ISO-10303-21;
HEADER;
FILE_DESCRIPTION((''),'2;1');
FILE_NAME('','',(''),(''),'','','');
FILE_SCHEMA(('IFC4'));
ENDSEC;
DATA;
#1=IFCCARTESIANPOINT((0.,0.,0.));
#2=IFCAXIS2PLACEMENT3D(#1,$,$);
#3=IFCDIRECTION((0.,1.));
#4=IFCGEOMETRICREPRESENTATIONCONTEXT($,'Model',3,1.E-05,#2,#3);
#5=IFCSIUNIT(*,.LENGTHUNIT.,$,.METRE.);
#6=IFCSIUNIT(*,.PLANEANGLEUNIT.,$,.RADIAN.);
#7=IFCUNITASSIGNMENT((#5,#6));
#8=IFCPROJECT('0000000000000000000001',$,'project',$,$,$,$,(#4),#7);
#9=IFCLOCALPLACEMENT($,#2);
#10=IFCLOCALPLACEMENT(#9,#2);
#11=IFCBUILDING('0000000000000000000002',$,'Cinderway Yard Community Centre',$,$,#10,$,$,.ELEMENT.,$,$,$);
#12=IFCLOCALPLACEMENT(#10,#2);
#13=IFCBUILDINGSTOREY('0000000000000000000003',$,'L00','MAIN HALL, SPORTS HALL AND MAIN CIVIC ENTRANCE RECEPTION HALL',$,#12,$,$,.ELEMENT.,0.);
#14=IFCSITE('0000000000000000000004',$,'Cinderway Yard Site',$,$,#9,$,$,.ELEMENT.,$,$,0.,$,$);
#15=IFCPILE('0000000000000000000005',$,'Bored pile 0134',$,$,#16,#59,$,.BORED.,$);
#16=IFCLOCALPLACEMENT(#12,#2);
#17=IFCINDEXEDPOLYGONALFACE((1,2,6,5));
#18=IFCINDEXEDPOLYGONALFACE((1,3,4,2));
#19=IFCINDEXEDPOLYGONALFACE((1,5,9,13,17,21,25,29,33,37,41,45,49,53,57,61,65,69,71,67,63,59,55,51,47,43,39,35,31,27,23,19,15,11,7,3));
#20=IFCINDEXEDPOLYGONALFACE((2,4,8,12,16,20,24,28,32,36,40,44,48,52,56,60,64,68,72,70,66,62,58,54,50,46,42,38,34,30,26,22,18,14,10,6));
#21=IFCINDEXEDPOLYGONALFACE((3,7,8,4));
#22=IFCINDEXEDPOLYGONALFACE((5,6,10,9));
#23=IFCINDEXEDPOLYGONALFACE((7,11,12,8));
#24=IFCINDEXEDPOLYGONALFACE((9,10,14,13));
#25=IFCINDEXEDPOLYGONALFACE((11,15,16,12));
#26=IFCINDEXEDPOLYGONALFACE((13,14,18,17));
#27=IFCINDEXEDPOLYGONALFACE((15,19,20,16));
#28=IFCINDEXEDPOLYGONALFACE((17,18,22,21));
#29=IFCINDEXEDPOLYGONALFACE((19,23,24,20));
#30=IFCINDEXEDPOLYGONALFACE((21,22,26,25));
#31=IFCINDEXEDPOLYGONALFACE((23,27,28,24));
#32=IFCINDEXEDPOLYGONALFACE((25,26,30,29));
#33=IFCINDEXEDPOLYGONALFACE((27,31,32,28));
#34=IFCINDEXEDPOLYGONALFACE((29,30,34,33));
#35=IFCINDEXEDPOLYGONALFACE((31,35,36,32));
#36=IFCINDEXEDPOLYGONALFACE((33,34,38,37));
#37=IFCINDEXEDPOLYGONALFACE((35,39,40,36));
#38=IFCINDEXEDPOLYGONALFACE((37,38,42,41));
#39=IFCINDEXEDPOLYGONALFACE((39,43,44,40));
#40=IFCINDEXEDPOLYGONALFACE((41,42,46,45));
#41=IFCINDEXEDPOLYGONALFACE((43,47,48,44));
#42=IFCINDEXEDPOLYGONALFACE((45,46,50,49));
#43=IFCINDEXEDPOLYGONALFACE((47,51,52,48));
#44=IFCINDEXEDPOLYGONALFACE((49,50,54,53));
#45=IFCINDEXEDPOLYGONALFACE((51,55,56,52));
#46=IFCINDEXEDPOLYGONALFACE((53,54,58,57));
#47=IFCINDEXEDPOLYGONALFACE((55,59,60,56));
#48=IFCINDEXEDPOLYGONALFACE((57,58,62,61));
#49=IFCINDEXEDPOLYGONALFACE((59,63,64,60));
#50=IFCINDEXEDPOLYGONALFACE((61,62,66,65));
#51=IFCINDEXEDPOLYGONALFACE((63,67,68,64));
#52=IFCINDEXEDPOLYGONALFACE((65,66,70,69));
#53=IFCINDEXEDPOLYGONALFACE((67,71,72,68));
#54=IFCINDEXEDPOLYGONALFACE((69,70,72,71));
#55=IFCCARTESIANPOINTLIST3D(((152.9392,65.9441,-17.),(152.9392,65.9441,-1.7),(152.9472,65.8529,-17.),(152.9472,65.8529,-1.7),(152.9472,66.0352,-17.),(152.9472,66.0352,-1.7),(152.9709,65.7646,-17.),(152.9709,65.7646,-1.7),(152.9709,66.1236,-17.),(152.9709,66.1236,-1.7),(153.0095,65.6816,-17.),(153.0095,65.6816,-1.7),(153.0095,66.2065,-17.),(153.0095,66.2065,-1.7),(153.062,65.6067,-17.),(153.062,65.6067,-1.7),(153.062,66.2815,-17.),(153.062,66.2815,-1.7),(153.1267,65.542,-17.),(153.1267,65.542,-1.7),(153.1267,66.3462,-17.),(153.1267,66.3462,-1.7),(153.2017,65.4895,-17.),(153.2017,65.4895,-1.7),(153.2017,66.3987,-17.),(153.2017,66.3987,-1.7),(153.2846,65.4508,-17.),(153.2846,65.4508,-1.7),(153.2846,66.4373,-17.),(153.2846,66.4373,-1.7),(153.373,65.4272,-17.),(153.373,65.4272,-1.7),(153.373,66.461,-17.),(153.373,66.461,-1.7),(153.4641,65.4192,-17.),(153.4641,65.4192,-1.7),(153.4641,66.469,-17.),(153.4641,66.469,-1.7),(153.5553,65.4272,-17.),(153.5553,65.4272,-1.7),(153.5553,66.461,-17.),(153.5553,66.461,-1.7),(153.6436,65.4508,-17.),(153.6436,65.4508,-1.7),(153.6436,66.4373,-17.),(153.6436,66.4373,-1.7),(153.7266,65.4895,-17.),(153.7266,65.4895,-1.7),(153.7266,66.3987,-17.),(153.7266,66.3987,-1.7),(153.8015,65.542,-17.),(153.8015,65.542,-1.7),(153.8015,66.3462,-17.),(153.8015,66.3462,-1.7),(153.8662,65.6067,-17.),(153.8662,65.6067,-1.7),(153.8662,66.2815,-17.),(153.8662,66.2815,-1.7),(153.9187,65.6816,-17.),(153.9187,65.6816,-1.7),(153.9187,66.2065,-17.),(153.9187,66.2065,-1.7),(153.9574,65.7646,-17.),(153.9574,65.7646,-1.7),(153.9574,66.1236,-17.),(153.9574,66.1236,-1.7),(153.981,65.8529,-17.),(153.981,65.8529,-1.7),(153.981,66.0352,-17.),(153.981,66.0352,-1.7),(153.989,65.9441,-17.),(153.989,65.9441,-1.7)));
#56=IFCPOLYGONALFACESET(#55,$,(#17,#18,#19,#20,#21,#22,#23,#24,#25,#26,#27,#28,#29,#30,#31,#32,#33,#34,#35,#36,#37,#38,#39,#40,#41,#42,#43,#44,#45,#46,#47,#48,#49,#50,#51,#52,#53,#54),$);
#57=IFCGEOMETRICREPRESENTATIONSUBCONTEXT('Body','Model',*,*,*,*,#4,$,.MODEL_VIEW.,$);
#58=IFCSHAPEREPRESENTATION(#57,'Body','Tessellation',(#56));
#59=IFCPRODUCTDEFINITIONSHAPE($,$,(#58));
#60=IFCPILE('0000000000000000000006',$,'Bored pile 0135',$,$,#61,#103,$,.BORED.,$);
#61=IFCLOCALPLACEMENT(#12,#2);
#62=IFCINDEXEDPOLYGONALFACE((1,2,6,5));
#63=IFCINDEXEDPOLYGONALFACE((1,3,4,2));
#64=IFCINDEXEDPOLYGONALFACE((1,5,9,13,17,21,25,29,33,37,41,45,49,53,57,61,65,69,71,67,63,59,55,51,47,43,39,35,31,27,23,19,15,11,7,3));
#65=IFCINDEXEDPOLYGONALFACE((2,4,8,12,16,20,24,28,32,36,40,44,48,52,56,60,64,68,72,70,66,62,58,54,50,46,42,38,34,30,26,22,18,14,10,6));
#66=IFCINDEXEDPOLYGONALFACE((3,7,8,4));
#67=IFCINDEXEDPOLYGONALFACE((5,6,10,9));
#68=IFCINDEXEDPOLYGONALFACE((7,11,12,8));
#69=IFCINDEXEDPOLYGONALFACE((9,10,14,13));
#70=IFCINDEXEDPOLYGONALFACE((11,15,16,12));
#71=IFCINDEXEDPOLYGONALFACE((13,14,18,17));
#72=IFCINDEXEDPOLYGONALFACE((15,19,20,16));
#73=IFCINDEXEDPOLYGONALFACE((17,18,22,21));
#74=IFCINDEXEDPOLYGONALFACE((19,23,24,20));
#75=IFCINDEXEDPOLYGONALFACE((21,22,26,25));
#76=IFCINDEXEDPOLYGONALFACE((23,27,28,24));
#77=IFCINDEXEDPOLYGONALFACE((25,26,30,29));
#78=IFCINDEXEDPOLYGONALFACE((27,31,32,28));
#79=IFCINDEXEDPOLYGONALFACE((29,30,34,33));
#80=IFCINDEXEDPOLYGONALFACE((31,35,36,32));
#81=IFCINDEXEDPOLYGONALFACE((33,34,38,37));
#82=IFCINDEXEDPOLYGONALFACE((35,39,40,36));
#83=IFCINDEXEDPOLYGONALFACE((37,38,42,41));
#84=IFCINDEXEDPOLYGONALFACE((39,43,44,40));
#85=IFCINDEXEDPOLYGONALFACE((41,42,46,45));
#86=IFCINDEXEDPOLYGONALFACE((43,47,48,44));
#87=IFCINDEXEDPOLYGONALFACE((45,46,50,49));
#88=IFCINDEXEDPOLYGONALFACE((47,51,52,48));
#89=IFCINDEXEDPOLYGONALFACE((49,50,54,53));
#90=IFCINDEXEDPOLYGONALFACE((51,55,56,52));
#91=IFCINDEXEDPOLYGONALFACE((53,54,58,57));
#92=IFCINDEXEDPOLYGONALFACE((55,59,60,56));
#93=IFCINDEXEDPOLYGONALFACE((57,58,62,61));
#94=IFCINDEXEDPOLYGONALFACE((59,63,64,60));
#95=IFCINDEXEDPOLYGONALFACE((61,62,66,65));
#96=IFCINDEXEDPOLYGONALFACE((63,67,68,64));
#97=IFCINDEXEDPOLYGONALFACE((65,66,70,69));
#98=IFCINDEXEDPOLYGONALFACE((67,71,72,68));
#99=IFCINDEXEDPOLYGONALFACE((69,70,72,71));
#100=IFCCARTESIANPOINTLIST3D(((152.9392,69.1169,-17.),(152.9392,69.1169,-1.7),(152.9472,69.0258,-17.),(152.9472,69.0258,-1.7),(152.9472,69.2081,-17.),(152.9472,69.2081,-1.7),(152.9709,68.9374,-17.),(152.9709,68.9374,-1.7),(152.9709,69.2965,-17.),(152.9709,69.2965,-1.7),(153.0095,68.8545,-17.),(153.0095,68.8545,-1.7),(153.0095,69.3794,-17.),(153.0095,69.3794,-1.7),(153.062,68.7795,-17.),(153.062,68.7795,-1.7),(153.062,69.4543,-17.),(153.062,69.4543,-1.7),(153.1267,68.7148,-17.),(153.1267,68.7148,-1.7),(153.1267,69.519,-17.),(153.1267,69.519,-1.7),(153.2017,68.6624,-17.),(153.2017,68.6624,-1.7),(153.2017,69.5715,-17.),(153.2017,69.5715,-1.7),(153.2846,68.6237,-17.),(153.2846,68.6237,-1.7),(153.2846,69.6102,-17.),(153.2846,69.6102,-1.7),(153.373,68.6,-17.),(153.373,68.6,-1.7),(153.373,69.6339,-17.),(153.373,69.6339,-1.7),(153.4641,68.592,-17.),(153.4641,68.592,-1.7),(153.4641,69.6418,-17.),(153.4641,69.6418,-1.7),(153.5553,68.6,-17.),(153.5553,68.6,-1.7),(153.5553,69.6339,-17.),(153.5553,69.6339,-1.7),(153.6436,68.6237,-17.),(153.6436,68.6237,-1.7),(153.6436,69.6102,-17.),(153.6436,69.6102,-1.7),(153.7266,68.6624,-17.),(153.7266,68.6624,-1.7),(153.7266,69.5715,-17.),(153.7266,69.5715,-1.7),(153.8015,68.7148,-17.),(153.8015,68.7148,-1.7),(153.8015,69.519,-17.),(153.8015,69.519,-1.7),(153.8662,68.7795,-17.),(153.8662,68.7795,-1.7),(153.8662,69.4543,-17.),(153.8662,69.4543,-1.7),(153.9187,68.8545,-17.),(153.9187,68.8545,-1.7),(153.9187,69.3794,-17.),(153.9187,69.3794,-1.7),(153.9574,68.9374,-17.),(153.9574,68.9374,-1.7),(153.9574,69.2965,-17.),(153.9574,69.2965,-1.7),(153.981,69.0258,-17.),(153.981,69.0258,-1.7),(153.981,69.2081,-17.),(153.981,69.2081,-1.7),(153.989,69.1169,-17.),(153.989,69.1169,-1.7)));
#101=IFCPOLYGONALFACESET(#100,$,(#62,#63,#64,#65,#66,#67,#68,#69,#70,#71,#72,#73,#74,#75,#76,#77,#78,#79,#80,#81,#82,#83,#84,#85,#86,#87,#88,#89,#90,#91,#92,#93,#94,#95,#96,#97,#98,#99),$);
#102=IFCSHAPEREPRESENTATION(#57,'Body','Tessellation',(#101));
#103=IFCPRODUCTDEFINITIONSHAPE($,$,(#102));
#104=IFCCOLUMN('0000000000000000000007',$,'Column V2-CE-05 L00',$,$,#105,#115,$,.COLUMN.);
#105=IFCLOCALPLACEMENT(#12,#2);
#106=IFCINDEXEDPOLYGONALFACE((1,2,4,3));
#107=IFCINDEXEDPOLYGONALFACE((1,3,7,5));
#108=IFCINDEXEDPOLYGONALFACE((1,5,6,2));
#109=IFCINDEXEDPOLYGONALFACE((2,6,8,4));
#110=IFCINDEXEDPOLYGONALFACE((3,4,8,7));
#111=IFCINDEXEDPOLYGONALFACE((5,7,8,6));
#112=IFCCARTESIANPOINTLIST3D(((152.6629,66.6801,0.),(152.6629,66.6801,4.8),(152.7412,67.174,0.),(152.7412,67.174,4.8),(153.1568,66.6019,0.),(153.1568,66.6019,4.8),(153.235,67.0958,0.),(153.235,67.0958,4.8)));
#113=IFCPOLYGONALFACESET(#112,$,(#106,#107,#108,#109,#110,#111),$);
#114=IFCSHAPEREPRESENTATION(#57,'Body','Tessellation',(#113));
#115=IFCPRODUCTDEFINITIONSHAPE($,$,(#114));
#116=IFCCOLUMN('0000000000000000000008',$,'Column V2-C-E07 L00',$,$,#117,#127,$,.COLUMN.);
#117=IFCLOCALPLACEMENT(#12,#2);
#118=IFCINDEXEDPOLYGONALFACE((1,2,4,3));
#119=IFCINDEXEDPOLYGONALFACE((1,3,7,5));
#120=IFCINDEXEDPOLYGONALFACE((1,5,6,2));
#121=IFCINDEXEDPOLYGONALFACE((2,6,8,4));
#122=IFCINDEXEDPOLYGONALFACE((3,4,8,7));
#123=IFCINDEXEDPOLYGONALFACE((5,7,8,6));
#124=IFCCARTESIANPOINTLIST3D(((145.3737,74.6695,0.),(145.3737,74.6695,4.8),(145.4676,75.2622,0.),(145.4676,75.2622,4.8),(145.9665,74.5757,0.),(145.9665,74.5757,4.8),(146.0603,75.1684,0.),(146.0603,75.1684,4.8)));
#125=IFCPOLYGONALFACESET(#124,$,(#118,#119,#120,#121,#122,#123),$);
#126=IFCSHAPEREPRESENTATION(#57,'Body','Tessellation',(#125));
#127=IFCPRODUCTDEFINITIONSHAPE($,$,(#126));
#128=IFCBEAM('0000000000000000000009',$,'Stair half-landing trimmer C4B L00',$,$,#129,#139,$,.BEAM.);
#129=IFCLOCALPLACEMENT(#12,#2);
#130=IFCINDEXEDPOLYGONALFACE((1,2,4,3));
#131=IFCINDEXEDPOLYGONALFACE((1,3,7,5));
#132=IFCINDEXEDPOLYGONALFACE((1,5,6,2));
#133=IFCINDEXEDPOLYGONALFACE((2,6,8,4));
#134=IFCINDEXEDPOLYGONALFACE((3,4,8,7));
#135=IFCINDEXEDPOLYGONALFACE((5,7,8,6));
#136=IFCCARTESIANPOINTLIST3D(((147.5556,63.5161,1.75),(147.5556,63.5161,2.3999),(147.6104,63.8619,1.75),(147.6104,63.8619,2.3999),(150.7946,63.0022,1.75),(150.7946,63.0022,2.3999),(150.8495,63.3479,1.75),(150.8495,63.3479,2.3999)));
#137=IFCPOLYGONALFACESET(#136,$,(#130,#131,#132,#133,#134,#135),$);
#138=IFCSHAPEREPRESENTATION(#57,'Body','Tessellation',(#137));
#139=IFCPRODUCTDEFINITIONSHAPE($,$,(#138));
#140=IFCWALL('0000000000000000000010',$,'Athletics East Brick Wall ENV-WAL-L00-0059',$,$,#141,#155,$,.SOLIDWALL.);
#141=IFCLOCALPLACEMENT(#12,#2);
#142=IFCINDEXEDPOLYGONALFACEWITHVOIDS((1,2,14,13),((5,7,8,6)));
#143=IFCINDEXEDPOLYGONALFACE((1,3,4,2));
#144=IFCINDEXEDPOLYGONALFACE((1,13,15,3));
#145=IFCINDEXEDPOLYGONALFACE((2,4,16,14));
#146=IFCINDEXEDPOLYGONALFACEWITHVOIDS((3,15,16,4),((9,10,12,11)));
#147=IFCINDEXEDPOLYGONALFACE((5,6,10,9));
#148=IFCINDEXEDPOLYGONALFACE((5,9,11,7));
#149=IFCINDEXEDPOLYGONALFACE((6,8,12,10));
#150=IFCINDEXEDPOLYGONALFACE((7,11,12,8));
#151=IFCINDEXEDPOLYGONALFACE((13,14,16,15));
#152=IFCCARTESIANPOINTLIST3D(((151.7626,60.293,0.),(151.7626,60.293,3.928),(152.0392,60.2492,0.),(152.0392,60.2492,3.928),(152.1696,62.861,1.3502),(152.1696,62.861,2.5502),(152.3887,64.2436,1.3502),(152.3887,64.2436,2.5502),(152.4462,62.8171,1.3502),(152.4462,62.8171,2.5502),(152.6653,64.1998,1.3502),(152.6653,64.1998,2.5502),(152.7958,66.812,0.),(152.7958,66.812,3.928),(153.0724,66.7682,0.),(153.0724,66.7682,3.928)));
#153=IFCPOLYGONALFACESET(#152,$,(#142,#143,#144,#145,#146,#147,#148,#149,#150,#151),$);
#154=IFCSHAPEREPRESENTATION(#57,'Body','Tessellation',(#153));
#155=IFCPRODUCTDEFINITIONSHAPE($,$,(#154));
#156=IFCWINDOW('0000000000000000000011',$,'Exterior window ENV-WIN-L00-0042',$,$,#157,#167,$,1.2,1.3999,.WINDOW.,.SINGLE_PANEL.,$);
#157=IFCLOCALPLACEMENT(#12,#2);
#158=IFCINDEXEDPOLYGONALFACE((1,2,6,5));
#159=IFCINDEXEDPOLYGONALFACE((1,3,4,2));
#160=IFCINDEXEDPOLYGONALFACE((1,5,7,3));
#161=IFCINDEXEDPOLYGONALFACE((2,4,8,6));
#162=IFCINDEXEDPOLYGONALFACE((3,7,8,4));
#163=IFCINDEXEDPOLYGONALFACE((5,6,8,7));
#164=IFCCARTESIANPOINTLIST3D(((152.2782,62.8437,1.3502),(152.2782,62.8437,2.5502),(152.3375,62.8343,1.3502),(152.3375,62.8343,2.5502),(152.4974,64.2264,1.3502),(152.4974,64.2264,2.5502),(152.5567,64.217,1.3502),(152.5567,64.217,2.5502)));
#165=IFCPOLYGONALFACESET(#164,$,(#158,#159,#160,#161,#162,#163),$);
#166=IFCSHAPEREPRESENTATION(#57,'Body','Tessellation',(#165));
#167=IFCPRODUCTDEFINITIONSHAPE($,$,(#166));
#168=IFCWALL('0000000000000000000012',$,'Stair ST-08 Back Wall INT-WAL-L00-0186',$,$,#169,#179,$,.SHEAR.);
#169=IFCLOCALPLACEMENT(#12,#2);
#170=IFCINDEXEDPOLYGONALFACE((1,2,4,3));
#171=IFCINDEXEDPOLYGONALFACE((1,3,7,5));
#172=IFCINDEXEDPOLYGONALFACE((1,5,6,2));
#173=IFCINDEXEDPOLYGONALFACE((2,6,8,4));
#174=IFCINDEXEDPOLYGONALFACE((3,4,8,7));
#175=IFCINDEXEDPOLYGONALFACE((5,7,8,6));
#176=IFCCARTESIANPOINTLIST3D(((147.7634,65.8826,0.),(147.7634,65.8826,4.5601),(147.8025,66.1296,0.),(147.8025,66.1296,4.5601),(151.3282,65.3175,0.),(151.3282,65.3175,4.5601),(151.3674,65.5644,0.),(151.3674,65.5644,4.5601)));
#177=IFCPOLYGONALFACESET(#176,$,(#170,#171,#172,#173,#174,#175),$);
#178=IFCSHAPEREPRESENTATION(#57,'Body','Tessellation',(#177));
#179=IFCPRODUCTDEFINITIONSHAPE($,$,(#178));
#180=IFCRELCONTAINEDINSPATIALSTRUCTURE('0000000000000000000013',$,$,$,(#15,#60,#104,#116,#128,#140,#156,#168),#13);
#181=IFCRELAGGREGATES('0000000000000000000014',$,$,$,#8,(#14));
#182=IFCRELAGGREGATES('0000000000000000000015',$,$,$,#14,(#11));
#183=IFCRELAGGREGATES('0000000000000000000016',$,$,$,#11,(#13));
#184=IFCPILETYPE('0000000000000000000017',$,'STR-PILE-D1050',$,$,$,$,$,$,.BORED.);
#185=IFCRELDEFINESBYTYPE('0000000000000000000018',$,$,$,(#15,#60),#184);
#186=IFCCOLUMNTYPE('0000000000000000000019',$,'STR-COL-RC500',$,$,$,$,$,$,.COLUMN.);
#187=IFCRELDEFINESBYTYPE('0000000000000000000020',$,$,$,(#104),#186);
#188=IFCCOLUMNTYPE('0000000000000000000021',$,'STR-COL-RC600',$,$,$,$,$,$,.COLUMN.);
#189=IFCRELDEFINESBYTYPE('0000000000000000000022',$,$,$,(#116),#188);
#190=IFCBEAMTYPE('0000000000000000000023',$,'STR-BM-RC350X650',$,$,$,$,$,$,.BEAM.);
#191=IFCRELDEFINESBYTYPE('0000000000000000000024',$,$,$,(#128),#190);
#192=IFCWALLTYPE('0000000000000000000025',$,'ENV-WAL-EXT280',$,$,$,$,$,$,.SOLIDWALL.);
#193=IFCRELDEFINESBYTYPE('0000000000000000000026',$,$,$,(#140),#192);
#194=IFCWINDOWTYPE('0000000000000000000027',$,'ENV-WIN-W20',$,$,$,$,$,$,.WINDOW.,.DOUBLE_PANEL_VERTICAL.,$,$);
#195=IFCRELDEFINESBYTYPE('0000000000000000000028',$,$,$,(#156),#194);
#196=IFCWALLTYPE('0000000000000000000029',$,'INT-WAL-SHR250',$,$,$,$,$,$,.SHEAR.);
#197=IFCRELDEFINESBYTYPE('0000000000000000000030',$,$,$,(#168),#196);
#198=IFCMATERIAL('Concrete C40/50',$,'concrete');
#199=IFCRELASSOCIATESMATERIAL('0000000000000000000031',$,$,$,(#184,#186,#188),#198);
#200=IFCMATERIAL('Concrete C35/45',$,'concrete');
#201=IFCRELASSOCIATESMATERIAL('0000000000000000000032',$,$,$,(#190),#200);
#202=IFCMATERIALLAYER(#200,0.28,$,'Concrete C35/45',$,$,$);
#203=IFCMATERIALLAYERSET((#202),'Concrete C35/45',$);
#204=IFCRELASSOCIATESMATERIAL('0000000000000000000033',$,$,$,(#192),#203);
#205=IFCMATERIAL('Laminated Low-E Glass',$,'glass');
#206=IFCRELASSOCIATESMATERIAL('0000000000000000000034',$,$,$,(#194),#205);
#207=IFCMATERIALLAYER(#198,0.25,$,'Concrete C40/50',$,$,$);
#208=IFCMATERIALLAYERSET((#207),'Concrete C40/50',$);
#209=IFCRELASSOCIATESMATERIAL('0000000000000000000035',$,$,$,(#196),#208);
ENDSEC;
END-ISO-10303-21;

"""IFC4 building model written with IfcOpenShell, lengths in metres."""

from ifc_helpers import new_model, si_unit, direction, frame, frame_2d, origin, origin_2d, place, context, subcontext, project, spatial, rectangle, circle, extrude, material, layer, layer_set, material_profile, profile_set, type_object, element, fill, save


model = new_model("IFC4")

# Units and contexts
model_context = context("Model", 3, precision=1e-05, world=origin(), true_north=direction((0.0, 1.0)))
body_context = subcontext(model_context, "Body", "Model", "MODEL_VIEW")
ifc_project = project(units=[si_unit("LENGTHUNIT", "METRE"), si_unit("PLANEANGLEUNIT", "RADIAN")], contexts=[model_context])

# Site, building, storey
site_placement = place(None, origin())
site = spatial("IfcSite", under=ifc_project, at=site_placement, Name="Cinderway Yard Site", CompositionType="ELEMENT", RefElevation=0.0)
building_placement = place(site_placement, origin())
building = spatial("IfcBuilding", under=site, at=building_placement, Name="Cinderway Yard Community Centre", CompositionType="ELEMENT")
storey_placement = place(building_placement, origin())
storey = spatial("IfcBuildingStorey", under=building, at=storey_placement, Name="L00", Description="MAIN HALL, SPORTS HALL AND MAIN CIVIC ENTRANCE RECEPTION HALL", CompositionType="ELEMENT", Elevation=0.0)

# Shared definitions
ifc_material_1 = material(Name="Concrete C40/50", Category="concrete")

# Piles
ifc_material_profile_1 = material_profile(ifc_material_1, circle(Radius=0.5249, at=origin_2d()), Name="Concrete C40/50")
ifc_profile_set_1 = profile_set([ifc_material_profile_1], Name="Concrete C40/50")
pile_type = type_object("IfcPileType", Name="STR-PILE-D1050", PredefinedType="BORED", material=ifc_profile_set_1)
for number, where, z_axis, x_axis, name in (
    (1, (153.4641, 65.9441, -1.7), (0.0, 0.0, -1.0), (1.0, 0.0, 0.0), "Bored pile 0134"),
    (2, (153.4641, 69.1169, -1.7), (0.0, 0.0, -1.0), (1.0, 0.0, 0.0), "Bored pile 0135"),
):
    element("IfcPile", number, at=place(storey_placement, frame(where, z_axis=z_axis, x_axis=x_axis)), inside=storey, type_object=pile_type, Name=name, PredefinedType="BORED", context=body_context, shape_type="SweptSolid", body=[
        extrude(circle(Radius=0.5249, at=origin_2d()), origin(), (0.0, 0.0, 1.0), 15.3),
    ])

# Columns
ifc_material_profile_2 = material_profile(ifc_material_1, rectangle(XDim=0.5, YDim=0.5, at=origin_2d()), Name="Concrete C40/50")
ifc_profile_set_2 = profile_set([ifc_material_profile_2], Name="Concrete C40/50")
column_type_1 = type_object("IfcColumnType", Name="STR-COL-RC500", PredefinedType="COLUMN", material=ifc_profile_set_2)
column_1_placement = place(storey_placement, frame((152.949, 66.8879, 0.0), z_axis=(0.0, 0.0, 1.0), x_axis=(0.987688, -0.156434, 0.0)))
element("IfcColumn", 3, at=column_1_placement, inside=storey, type_object=column_type_1, Name="Column V2-CE-05 L00", PredefinedType="COLUMN", context=body_context, shape_type="SweptSolid", body=[
    extrude(rectangle(XDim=0.5, YDim=0.5, at=origin_2d()), origin(), (0.0, 0.0, 1.0), 4.8),
])
ifc_material_profile_3 = material_profile(ifc_material_1, rectangle(XDim=0.6001, YDim=0.6001, at=origin_2d()), Name="Concrete C40/50")
ifc_profile_set_3 = profile_set([ifc_material_profile_3], Name="Concrete C40/50")
column_type_2 = type_object("IfcColumnType", Name="STR-COL-RC600", PredefinedType="COLUMN", material=ifc_profile_set_3)
column_2_placement = place(storey_placement, frame((145.717, 74.9189, 0.0), z_axis=(0.0, 0.0, 1.0), x_axis=(0.987688, -0.156434, 0.0)))
element("IfcColumn", 4, at=column_2_placement, inside=storey, type_object=column_type_2, Name="Column V2-C-E07 L00", PredefinedType="COLUMN", context=body_context, shape_type="SweptSolid", body=[
    extrude(rectangle(XDim=0.6001, YDim=0.6001, at=origin_2d()), origin(), (0.0, 0.0, 1.0), 4.8),
])

# Beam
ifc_material_2 = material(Name="Concrete C35/45", Category="concrete")
ifc_material_profile_4 = material_profile(ifc_material_2, rectangle(XDim=0.3501, YDim=0.6499, at=origin_2d()), Name="Concrete C35/45")
ifc_profile_set_4 = profile_set([ifc_material_profile_4], Name="Concrete C35/45")
beam_type = type_object("IfcBeamType", Name="STR-BM-RC350X650", PredefinedType="BEAM", material=ifc_profile_set_4)
beam_placement = place(storey_placement, frame((150.822, 63.175, 2.075), z_axis=(-0.987646, 0.156704, 0.0), x_axis=(-0.156704, -0.987646, 0.0)))
element("IfcBeam", 5, at=beam_placement, inside=storey, type_object=beam_type, Name="Stair half-landing trimmer C4B L00", PredefinedType="BEAM", context=body_context, shape_type="SweptSolid", body=[
    extrude(rectangle(XDim=0.3501, YDim=0.6499, at=origin_2d()), origin(), (0.0, 0.0, 1.0), 3.2795),
])

# Wall, opening, window
ifc_layer_1 = layer(ifc_material_2, 0.28, Name="Concrete C35/45")
ifc_layer_set_1 = layer_set([ifc_layer_1], Name="Concrete C35/45")
wall_type_1 = type_object("IfcWallType", Name="ENV-WAL-EXT280", PredefinedType="SOLIDWALL", material=ifc_layer_set_1)
wall_1_placement = place(storey_placement, frame((151.9009, 60.271, 0.0), z_axis=(0.0, 0.0, 1.0), x_axis=(0.156536, 0.987672, 0.0)))
wall_1 = element("IfcWall", 6, at=wall_1_placement, inside=storey, type_object=wall_type_1, Name="Athletics East Brick Wall ENV-WAL-L00-0059", PredefinedType="SOLIDWALL", context=body_context, shape_type="SweptSolid", body=[
    extrude(rectangle(XDim=6.6003, YDim=0.28, at=frame_2d((3.3003, 0.0))), origin(), (0.0, 0.0, 1.0), 3.928),
])
opening_placement = place(wall_1_placement, frame((2.6001, 0.0, 1.3501)))
opening = element("IfcOpeningElement", 7, at=opening_placement, cuts=wall_1, PredefinedType="OPENING", context=body_context, shape_type="SweptSolid", body=[
    extrude(rectangle(XDim=1.3999, YDim=1.2, at=frame_2d((0.7, 0.6001))), frame((0.0, 0.1499, 0.0), z_axis=(0.0, -1.0, 0.0), x_axis=(1.0, 0.0, 0.0)), (0.0, 0.0, 1.0), 0.3),
])
ifc_material_3 = material(Name="Laminated Low-E Glass", Category="glass")
window_type = type_object("IfcWindowType", Name="ENV-WIN-W20", PartitioningType="DOUBLE_PANEL_VERTICAL", PredefinedType="WINDOW", material=ifc_material_3)
window_placement = place(opening_placement, origin())
window = element("IfcWindow", 8, at=window_placement, inside=storey, type_object=window_type, Name="Exterior window ENV-WIN-L00-0042", OverallHeight=1.2, OverallWidth=1.3999, PartitioningType="SINGLE_PANEL", PredefinedType="WINDOW", context=body_context, shape_type="SweptSolid", body=[
    extrude(rectangle(XDim=1.3999, YDim=1.2, at=frame_2d((0.7, 0.6001))), frame((0.0, 0.03, 0.0), z_axis=(0.0, -1.0, 0.0), x_axis=(1.0, 0.0, 0.0)), (0.0, 0.0, 1.0), 0.0601),
])
fill(opening, window)

# Wall
ifc_layer_2 = layer(ifc_material_1, 0.25, Name="Concrete C40/50")
ifc_layer_set_2 = layer_set([ifc_layer_2], Name="Concrete C40/50")
wall_type_2 = type_object("IfcWallType", Name="INT-WAL-SHR250", PredefinedType="SHEAR", material=ifc_layer_set_2)
wall_2_placement = place(storey_placement, frame((147.783, 66.0061, 0.0), z_axis=(0.0, 0.0, 1.0), x_axis=(0.987665, -0.156584, 0.0)))
element("IfcWall", 9, at=wall_2_placement, inside=storey, type_object=wall_type_2, Name="Stair ST-08 Back Wall INT-WAL-L00-0186", PredefinedType="SHEAR", context=body_context, shape_type="SweptSolid", body=[
    extrude(rectangle(XDim=3.6094, YDim=0.25, at=frame_2d((1.8047, 0.0))), origin(), (0.0, 0.0, 1.0), 4.5601),
])

save(model, "model.ifc")
